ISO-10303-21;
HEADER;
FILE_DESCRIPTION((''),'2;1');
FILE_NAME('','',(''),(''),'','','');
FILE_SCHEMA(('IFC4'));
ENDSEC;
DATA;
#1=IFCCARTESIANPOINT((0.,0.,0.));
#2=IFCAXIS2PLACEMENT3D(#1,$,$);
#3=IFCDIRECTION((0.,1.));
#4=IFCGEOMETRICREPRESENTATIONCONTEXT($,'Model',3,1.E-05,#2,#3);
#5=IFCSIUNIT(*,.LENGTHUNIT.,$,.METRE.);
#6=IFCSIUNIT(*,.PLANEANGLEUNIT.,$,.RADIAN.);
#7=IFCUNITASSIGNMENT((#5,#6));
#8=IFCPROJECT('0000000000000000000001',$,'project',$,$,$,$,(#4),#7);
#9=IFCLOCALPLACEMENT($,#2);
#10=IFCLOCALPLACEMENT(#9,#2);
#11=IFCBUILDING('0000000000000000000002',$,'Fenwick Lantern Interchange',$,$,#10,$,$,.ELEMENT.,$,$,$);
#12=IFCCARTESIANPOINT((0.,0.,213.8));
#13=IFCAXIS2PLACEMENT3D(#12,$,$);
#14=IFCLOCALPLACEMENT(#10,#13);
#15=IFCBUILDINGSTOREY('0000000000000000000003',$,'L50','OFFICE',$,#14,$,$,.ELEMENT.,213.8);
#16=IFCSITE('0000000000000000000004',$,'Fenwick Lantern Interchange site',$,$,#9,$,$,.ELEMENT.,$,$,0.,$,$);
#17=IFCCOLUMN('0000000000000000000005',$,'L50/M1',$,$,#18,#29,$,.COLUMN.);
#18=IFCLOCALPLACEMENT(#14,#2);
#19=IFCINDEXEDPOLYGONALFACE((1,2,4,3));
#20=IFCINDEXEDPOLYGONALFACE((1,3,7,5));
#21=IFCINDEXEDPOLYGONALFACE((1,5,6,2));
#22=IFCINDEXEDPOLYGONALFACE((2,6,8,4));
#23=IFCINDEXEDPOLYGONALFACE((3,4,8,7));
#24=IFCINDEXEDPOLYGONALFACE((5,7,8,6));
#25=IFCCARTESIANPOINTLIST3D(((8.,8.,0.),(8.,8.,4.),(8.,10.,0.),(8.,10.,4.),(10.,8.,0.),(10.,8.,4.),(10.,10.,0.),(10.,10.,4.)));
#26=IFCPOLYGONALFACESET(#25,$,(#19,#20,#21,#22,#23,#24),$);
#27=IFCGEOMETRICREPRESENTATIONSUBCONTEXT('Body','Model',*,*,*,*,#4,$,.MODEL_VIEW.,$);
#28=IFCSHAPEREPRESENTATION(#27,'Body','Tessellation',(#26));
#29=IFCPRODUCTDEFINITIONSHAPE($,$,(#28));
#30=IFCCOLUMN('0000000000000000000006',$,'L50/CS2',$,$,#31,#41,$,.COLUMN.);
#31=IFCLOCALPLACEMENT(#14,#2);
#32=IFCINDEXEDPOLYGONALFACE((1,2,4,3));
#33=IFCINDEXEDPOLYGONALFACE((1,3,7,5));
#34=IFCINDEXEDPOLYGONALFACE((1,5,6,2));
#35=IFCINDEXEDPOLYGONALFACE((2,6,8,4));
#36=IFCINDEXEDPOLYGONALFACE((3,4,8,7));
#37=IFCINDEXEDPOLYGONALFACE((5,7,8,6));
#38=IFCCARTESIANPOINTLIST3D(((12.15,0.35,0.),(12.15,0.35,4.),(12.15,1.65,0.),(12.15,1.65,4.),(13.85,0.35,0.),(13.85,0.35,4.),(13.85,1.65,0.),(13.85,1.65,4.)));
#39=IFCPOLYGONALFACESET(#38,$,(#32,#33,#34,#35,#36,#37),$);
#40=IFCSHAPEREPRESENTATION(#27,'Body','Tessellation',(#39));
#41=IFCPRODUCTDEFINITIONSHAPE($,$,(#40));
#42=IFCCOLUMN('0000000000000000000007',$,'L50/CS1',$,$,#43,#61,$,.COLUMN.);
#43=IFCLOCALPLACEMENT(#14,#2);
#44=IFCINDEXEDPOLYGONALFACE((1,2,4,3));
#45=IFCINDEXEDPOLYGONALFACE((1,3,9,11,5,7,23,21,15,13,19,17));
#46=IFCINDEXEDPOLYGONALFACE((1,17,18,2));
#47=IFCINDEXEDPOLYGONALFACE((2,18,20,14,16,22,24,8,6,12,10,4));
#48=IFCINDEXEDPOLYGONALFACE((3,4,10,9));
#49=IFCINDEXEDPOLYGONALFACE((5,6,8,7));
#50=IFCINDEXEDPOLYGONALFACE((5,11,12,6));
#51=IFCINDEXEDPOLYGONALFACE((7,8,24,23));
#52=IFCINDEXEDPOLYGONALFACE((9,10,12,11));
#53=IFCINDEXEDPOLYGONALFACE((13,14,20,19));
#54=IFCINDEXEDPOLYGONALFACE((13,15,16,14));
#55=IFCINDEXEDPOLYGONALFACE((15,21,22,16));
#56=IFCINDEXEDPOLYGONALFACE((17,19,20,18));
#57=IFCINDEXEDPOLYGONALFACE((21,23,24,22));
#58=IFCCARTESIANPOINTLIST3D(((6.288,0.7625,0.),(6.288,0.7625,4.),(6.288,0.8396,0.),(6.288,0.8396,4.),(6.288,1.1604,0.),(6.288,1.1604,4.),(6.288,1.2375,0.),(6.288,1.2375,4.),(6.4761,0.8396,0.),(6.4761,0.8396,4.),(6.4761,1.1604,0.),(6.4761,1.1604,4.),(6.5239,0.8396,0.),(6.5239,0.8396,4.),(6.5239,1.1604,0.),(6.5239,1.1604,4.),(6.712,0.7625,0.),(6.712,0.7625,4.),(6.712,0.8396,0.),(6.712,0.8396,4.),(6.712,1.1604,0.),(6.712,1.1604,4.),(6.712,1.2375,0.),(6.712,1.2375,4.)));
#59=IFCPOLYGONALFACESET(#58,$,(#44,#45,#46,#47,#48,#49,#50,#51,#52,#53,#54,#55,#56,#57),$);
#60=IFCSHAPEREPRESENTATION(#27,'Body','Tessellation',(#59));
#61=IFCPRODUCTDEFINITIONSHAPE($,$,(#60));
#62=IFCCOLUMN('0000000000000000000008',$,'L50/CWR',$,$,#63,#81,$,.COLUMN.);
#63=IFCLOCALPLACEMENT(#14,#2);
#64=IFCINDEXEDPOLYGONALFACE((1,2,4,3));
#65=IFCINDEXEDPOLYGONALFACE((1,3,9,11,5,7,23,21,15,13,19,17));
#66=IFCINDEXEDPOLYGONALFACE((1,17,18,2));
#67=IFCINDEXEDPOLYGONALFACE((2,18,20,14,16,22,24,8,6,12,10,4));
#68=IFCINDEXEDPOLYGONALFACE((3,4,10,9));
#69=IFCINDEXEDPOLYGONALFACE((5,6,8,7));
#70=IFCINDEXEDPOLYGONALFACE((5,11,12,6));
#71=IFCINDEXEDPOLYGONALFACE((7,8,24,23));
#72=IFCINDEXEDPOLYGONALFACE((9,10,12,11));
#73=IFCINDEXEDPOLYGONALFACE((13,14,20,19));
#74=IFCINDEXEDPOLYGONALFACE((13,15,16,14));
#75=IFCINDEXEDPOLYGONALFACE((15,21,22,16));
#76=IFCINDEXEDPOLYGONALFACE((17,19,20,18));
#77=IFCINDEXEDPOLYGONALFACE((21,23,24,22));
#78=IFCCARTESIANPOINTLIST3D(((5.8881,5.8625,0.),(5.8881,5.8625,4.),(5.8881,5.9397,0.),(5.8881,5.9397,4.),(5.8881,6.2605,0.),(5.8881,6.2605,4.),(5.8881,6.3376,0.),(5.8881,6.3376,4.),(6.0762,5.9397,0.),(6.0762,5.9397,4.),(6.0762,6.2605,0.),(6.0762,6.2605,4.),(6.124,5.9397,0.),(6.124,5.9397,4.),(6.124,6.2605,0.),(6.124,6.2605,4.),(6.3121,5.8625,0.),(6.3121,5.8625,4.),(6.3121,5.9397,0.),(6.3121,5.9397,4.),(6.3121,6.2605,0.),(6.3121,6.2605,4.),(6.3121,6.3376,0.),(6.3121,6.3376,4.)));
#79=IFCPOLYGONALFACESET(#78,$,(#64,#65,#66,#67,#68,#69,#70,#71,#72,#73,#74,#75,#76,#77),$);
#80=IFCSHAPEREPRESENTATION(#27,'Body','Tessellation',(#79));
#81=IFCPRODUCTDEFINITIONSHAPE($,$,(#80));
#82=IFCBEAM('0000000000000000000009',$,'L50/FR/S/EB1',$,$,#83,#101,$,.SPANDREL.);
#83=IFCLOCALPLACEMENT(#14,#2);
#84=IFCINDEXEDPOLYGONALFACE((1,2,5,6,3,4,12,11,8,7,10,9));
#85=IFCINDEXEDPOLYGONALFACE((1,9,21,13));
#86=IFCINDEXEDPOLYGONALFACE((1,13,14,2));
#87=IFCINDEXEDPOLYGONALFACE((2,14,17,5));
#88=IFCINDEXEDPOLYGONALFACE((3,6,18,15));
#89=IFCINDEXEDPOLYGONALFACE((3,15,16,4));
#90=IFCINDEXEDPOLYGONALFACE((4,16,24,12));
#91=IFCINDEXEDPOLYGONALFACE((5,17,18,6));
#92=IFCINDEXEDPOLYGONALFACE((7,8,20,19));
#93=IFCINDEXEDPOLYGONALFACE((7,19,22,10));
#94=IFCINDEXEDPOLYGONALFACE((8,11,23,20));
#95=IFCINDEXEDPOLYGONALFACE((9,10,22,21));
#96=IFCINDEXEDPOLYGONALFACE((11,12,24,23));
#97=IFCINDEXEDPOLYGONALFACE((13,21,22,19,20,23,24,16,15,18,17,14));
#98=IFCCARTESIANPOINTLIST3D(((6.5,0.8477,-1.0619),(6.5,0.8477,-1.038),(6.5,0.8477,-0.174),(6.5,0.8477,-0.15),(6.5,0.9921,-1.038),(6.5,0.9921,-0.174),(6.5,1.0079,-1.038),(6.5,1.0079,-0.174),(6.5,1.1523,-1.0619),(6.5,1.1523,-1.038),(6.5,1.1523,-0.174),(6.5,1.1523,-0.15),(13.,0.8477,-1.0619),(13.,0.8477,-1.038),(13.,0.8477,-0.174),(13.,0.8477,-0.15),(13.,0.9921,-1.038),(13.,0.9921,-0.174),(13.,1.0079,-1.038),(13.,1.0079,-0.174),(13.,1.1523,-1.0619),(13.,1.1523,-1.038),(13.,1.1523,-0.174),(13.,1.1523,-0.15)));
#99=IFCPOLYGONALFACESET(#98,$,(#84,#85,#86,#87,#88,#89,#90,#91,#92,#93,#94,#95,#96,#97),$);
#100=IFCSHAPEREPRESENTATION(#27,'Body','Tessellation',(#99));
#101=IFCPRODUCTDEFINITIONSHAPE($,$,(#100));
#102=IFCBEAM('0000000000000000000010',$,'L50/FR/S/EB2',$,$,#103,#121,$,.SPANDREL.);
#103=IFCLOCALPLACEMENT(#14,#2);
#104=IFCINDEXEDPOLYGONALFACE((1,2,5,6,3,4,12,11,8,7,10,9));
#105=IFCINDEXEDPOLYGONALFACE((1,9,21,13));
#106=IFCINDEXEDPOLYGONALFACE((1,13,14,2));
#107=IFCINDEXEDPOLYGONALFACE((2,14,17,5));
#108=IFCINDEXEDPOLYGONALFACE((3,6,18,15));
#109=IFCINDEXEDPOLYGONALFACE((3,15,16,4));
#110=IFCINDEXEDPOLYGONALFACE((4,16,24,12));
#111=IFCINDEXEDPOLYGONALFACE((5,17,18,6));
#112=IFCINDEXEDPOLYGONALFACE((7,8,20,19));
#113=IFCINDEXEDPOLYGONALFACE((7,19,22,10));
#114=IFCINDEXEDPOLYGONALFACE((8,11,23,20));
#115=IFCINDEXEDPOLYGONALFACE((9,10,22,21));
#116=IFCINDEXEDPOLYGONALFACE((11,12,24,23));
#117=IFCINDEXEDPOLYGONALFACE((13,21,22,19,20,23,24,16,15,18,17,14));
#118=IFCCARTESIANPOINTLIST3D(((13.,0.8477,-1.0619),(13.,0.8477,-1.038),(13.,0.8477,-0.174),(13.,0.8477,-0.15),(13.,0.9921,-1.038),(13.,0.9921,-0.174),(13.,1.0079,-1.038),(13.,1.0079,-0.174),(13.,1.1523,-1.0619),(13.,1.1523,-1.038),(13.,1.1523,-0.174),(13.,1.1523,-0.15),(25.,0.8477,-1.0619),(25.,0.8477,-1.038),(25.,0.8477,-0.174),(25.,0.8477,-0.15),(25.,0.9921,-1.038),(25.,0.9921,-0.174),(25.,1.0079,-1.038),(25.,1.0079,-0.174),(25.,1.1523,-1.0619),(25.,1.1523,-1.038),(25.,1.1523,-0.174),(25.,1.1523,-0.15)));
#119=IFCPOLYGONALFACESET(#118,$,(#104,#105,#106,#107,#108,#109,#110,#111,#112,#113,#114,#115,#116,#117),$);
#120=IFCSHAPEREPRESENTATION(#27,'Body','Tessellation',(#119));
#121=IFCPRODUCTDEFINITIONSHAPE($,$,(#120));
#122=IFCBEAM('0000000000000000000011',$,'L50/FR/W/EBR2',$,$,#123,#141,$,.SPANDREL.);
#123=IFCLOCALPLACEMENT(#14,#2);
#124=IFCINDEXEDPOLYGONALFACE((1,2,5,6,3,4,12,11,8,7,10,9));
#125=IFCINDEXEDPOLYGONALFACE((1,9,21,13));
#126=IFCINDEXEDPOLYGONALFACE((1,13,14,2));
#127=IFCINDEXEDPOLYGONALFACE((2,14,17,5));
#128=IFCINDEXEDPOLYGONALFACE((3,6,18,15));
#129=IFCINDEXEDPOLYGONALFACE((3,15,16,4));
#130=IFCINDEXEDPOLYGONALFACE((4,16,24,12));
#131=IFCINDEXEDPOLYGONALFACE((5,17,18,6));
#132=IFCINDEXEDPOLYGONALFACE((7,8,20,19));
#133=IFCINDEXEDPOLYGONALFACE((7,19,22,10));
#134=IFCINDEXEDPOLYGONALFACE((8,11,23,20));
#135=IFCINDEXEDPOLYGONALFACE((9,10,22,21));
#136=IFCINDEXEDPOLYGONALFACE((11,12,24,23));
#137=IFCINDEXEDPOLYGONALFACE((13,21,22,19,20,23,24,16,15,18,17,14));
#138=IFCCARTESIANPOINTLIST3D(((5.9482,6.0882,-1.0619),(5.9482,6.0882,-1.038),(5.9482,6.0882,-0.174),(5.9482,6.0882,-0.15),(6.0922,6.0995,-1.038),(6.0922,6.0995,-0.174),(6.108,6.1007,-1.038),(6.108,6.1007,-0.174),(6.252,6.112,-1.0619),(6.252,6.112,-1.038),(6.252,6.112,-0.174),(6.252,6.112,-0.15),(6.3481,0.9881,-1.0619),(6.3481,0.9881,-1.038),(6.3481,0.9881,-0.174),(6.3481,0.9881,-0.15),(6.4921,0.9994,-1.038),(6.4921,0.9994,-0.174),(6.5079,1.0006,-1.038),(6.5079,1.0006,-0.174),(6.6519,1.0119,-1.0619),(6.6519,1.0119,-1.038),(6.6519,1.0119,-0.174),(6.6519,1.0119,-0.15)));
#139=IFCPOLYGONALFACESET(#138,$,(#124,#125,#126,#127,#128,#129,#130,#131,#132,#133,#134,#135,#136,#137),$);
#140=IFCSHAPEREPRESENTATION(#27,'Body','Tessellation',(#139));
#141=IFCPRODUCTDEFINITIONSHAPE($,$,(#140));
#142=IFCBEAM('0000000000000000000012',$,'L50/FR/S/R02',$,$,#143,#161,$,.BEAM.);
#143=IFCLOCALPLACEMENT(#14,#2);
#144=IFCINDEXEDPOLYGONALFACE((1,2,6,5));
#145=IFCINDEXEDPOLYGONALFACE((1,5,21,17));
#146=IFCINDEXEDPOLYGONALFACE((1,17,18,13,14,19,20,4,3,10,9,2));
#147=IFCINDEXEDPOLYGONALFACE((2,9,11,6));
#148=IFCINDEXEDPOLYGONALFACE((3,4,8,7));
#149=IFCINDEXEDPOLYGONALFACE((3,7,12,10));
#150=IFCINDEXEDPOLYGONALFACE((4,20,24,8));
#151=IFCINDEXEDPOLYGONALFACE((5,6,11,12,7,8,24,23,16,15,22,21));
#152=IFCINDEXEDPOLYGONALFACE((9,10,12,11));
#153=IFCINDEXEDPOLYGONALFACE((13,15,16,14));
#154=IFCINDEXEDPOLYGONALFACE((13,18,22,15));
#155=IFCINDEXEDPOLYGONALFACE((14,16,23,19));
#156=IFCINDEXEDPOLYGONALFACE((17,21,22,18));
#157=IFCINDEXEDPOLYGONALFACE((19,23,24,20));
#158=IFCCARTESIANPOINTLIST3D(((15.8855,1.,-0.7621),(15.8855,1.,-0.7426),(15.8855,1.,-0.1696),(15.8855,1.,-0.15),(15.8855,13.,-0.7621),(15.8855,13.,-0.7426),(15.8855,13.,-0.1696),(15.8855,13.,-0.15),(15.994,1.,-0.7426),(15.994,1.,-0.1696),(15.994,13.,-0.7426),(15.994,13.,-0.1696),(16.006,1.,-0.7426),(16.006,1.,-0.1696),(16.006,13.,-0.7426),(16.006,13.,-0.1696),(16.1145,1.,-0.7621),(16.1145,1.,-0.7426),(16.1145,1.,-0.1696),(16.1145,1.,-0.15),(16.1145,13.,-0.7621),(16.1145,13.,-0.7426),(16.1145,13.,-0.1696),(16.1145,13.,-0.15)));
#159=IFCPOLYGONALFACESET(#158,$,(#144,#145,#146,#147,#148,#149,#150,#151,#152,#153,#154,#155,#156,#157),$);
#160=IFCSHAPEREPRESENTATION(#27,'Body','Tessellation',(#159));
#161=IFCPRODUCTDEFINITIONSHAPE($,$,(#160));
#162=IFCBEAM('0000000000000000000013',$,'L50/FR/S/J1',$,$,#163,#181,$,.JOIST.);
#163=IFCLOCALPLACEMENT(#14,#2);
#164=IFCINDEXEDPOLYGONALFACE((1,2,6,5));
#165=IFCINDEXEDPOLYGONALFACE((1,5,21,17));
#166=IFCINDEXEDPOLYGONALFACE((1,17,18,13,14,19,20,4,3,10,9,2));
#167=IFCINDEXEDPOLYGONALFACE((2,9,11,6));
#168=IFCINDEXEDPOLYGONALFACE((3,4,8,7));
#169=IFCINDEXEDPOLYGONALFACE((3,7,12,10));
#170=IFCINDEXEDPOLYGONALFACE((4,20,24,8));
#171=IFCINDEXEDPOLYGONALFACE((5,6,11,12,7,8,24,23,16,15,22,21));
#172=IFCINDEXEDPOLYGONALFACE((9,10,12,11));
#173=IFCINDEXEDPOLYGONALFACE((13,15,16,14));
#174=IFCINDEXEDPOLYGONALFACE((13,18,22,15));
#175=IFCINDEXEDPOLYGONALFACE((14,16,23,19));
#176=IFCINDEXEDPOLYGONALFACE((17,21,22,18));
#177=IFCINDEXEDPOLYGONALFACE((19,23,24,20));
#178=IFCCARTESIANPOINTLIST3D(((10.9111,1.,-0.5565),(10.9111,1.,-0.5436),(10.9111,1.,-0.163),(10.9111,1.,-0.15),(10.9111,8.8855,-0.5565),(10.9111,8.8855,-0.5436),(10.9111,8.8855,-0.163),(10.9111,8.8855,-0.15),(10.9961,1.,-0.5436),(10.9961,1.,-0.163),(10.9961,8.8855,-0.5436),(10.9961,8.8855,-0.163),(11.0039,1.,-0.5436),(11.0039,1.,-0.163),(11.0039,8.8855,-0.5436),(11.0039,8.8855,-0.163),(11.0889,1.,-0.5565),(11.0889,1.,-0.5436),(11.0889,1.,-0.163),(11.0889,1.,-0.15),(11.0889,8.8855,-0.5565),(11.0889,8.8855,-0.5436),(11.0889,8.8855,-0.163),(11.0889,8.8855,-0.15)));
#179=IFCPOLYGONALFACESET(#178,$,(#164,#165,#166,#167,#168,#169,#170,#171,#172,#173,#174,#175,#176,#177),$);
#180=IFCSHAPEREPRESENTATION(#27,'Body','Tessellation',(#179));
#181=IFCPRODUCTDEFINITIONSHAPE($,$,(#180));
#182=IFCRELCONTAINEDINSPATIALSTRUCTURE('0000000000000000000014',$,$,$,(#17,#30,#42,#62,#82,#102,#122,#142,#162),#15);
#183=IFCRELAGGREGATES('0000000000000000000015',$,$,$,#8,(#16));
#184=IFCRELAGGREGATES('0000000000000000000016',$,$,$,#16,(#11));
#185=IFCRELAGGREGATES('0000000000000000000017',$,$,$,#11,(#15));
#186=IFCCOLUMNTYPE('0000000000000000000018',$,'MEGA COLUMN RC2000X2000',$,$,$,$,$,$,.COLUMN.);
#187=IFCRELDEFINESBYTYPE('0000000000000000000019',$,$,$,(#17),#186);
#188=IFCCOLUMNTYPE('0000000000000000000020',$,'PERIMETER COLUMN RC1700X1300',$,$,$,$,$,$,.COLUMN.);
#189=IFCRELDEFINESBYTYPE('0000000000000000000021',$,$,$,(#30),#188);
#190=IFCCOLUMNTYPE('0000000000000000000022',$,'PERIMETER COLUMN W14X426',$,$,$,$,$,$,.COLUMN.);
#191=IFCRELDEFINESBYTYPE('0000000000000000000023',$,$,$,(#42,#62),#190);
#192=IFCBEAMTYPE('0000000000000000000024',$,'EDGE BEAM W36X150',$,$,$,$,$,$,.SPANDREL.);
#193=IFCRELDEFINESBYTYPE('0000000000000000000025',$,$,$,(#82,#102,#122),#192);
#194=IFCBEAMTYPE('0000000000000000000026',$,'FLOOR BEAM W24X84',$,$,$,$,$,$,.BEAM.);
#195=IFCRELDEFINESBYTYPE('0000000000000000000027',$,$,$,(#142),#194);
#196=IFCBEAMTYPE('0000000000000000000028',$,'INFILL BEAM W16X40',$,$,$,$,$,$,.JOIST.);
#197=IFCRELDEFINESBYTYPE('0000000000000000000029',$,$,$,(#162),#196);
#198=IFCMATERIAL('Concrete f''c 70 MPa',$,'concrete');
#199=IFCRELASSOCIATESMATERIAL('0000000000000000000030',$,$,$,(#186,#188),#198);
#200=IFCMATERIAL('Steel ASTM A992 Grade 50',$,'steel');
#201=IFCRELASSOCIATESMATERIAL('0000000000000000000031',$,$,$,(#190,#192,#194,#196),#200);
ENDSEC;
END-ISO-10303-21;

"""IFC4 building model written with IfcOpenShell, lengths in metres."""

from ifc_helpers import new_model, si_unit, direction, frame, origin, origin_2d, place, context, subcontext, project, spatial, rectangle, i_section, extrude, material, material_profile, profile_set, type_object, element, save


model = new_model("IFC4")

# Units and contexts
model_context = context("Model", 3, precision=1e-05, world=origin(), true_north=direction((0.0, 1.0)))
body_context = subcontext(model_context, "Body", "Model", "MODEL_VIEW")
ifc_project = project(units=[si_unit("LENGTHUNIT", "METRE"), si_unit("PLANEANGLEUNIT", "RADIAN")], contexts=[model_context])

# Site, building, storey
site_placement = place(None, origin())
site = spatial("IfcSite", under=ifc_project, at=site_placement, Name="Fenwick Lantern Interchange site", CompositionType="ELEMENT", RefElevation=0.0)
building_placement = place(site_placement, origin())
building = spatial("IfcBuilding", under=site, at=building_placement, Name="Fenwick Lantern Interchange", CompositionType="ELEMENT")
storey_placement = place(building_placement, frame((0.0, 0.0, 213.8)))
storey = spatial("IfcBuildingStorey", under=building, at=storey_placement, Name="L50", Description="OFFICE", CompositionType="ELEMENT", Elevation=213.8)

# Columns
ifc_material_1 = material(Name="Concrete f'c 70 MPa", Category="concrete")
ifc_material_profile_1 = material_profile(ifc_material_1, rectangle(XDim=2.0, YDim=2.0, at=origin_2d()), Name="RC2000X2000")
ifc_profile_set_1 = profile_set([ifc_material_profile_1], Name="Concrete f'c 70 MPa")
column_type_1 = type_object("IfcColumnType", Name="MEGA COLUMN RC2000X2000", PredefinedType="COLUMN", material=ifc_profile_set_1)
column_1_placement = place(storey_placement, frame((9.0, 9.0, 0.0), z_axis=(0.0, 0.0, 1.0), x_axis=(1.0, 0.0, 0.0)))
element("IfcColumn", 1, at=column_1_placement, inside=storey, type_object=column_type_1, Name="L50/M1", PredefinedType="COLUMN", context=body_context, shape_type="SweptSolid", body=[
    extrude(rectangle(XDim=2.0, YDim=2.0, at=origin_2d()), origin(), (0.0, 0.0, 1.0), 4.0),
])
ifc_material_profile_2 = material_profile(ifc_material_1, rectangle(XDim=1.7, YDim=1.3, at=origin_2d()), Name="RC1700X1300")
ifc_profile_set_2 = profile_set([ifc_material_profile_2], Name="Concrete f'c 70 MPa")
column_type_2 = type_object("IfcColumnType", Name="PERIMETER COLUMN RC1700X1300", PredefinedType="COLUMN", material=ifc_profile_set_2)
column_2_placement = place(storey_placement, frame((13.0, 1.0, 0.0), z_axis=(0.0, 0.0, 1.0), x_axis=(1.0, 0.0, 0.0)))
element("IfcColumn", 2, at=column_2_placement, inside=storey, type_object=column_type_2, Name="L50/CS2", PredefinedType="COLUMN", context=body_context, shape_type="SweptSolid", body=[
    extrude(rectangle(XDim=1.7, YDim=1.3, at=origin_2d()), origin(), (0.0, 0.0, 1.0), 4.0),
])
ifc_material_2 = material(Name="Steel ASTM A992 Grade 50", Category="steel")
ifc_material_profile_3 = material_profile(ifc_material_2, i_section(OverallWidth=0.4241, OverallDepth=0.4751, WebThickness=0.0479, FlangeThickness=0.0771, at=origin_2d()), Name="W14X426")
ifc_profile_set_3 = profile_set([ifc_material_profile_3], Name="Steel ASTM A992 Grade 50")
column_type_3 = type_object("IfcColumnType", Name="PERIMETER COLUMN W14X426", PredefinedType="COLUMN", material=ifc_profile_set_3)
for number, where, z_axis, x_axis, name in (
    (3, (6.5, 1.0, 0.0), (0.0, 0.0, 1.0), (1.0, 0.0, 0.0), "L50/CS1"),
    (4, (6.1001, 6.1001, 0.0), (0.0, 0.0, 1.0), (1.0, 0.0, 0.0), "L50/CWR"),
):
    element("IfcColumn", number, at=place(storey_placement, frame(where, z_axis=z_axis, x_axis=x_axis)), inside=storey, type_object=column_type_3, Name=name, PredefinedType="COLUMN", context=body_context, shape_type="SweptSolid", body=[
        extrude(i_section(OverallWidth=0.4241, OverallDepth=0.4751, WebThickness=0.0479, FlangeThickness=0.0771, at=origin_2d()), origin(), (0.0, 0.0, 1.0), 4.0),
    ])

# Beams
ifc_material_profile_4 = material_profile(ifc_material_2, i_section(OverallWidth=0.3047, OverallDepth=0.9119, WebThickness=0.0159, FlangeThickness=0.0239, at=origin_2d()), Name="W36X150")
ifc_profile_set_4 = profile_set([ifc_material_profile_4], Name="Steel ASTM A992 Grade 50")
beam_type_1 = type_object("IfcBeamType", Name="EDGE BEAM W36X150", PredefinedType="SPANDREL", material=ifc_profile_set_4)
beam_1_placement = place(storey_placement, frame((6.5, 1.0, -0.606), z_axis=(1.0, 0.0, 0.0), x_axis=(0.0, 1.0, 0.0)))
element("IfcBeam", 5, at=beam_1_placement, inside=storey, type_object=beam_type_1, Name="L50/FR/S/EB1", PredefinedType="SPANDREL", context=body_context, shape_type="SweptSolid", body=[
    extrude(i_section(OverallWidth=0.3047, OverallDepth=0.9119, WebThickness=0.0159, FlangeThickness=0.0239, at=origin_2d()), origin(), (0.0, 0.0, 1.0), 6.5),
])
beam_2_placement = place(storey_placement, frame((13.0, 1.0, -0.606), z_axis=(1.0, 0.0, 0.0), x_axis=(0.0, 1.0, 0.0)))
element("IfcBeam", 6, at=beam_2_placement, inside=storey, type_object=beam_type_1, Name="L50/FR/S/EB2", PredefinedType="SPANDREL", context=body_context, shape_type="SweptSolid", body=[
    extrude(i_section(OverallWidth=0.3047, OverallDepth=0.9119, WebThickness=0.0159, FlangeThickness=0.0239, at=origin_2d()), origin(), (0.0, 0.0, 1.0), 12.0),
])
beam_3_placement = place(storey_placement, frame((6.1001, 6.1001, -0.606), z_axis=(0.078171, -0.99694, 0.0), x_axis=(0.99694, 0.078171, 0.0)))
element("IfcBeam", 7, at=beam_3_placement, inside=storey, type_object=beam_type_1, Name="L50/FR/W/EBR2", PredefinedType="SPANDREL", context=body_context, shape_type="SweptSolid", body=[
    extrude(i_section(OverallWidth=0.3047, OverallDepth=0.9119, WebThickness=0.0159, FlangeThickness=0.0239, at=origin_2d()), origin(), (0.0, 0.0, 1.0), 5.1157),
])
ifc_material_profile_5 = material_profile(ifc_material_2, i_section(OverallWidth=0.229, OverallDepth=0.6121, WebThickness=0.012, FlangeThickness=0.0195, at=origin_2d()), Name="W24X84")
ifc_profile_set_5 = profile_set([ifc_material_profile_5], Name="Steel ASTM A992 Grade 50")
beam_type_2 = type_object("IfcBeamType", Name="FLOOR BEAM W24X84", PredefinedType="BEAM", material=ifc_profile_set_5)
beam_4_placement = place(storey_placement, frame((16.0, 1.0, -0.4561), z_axis=(0.0, 1.0, 0.0), x_axis=(-1.0, 0.0, 0.0)))
element("IfcBeam", 8, at=beam_4_placement, inside=storey, type_object=beam_type_2, Name="L50/FR/S/R02", PredefinedType="BEAM", context=body_context, shape_type="SweptSolid", body=[
    extrude(i_section(OverallWidth=0.229, OverallDepth=0.6121, WebThickness=0.012, FlangeThickness=0.0195, at=origin_2d()), origin(), (0.0, 0.0, 1.0), 12.0),
])
ifc_material_profile_6 = material_profile(ifc_material_2, i_section(OverallWidth=0.1777, OverallDepth=0.4065, WebThickness=0.0078, FlangeThickness=0.0129, at=origin_2d()), Name="W16X40")
ifc_profile_set_6 = profile_set([ifc_material_profile_6], Name="Steel ASTM A992 Grade 50")
beam_type_3 = type_object("IfcBeamType", Name="INFILL BEAM W16X40", PredefinedType="JOIST", material=ifc_profile_set_6)
beam_5_placement = place(storey_placement, frame((11.0, 1.0, -0.3533), z_axis=(0.0, 1.0, 0.0), x_axis=(-1.0, 0.0, 0.0)))
element("IfcBeam", 9, at=beam_5_placement, inside=storey, type_object=beam_type_3, Name="L50/FR/S/J1", PredefinedType="JOIST", context=body_context, shape_type="SweptSolid", body=[
    extrude(i_section(OverallWidth=0.1777, OverallDepth=0.4065, WebThickness=0.0078, FlangeThickness=0.0129, at=origin_2d()), origin(), (0.0, 0.0, 1.0), 7.8855),
])

save(model, "model.ifc")
